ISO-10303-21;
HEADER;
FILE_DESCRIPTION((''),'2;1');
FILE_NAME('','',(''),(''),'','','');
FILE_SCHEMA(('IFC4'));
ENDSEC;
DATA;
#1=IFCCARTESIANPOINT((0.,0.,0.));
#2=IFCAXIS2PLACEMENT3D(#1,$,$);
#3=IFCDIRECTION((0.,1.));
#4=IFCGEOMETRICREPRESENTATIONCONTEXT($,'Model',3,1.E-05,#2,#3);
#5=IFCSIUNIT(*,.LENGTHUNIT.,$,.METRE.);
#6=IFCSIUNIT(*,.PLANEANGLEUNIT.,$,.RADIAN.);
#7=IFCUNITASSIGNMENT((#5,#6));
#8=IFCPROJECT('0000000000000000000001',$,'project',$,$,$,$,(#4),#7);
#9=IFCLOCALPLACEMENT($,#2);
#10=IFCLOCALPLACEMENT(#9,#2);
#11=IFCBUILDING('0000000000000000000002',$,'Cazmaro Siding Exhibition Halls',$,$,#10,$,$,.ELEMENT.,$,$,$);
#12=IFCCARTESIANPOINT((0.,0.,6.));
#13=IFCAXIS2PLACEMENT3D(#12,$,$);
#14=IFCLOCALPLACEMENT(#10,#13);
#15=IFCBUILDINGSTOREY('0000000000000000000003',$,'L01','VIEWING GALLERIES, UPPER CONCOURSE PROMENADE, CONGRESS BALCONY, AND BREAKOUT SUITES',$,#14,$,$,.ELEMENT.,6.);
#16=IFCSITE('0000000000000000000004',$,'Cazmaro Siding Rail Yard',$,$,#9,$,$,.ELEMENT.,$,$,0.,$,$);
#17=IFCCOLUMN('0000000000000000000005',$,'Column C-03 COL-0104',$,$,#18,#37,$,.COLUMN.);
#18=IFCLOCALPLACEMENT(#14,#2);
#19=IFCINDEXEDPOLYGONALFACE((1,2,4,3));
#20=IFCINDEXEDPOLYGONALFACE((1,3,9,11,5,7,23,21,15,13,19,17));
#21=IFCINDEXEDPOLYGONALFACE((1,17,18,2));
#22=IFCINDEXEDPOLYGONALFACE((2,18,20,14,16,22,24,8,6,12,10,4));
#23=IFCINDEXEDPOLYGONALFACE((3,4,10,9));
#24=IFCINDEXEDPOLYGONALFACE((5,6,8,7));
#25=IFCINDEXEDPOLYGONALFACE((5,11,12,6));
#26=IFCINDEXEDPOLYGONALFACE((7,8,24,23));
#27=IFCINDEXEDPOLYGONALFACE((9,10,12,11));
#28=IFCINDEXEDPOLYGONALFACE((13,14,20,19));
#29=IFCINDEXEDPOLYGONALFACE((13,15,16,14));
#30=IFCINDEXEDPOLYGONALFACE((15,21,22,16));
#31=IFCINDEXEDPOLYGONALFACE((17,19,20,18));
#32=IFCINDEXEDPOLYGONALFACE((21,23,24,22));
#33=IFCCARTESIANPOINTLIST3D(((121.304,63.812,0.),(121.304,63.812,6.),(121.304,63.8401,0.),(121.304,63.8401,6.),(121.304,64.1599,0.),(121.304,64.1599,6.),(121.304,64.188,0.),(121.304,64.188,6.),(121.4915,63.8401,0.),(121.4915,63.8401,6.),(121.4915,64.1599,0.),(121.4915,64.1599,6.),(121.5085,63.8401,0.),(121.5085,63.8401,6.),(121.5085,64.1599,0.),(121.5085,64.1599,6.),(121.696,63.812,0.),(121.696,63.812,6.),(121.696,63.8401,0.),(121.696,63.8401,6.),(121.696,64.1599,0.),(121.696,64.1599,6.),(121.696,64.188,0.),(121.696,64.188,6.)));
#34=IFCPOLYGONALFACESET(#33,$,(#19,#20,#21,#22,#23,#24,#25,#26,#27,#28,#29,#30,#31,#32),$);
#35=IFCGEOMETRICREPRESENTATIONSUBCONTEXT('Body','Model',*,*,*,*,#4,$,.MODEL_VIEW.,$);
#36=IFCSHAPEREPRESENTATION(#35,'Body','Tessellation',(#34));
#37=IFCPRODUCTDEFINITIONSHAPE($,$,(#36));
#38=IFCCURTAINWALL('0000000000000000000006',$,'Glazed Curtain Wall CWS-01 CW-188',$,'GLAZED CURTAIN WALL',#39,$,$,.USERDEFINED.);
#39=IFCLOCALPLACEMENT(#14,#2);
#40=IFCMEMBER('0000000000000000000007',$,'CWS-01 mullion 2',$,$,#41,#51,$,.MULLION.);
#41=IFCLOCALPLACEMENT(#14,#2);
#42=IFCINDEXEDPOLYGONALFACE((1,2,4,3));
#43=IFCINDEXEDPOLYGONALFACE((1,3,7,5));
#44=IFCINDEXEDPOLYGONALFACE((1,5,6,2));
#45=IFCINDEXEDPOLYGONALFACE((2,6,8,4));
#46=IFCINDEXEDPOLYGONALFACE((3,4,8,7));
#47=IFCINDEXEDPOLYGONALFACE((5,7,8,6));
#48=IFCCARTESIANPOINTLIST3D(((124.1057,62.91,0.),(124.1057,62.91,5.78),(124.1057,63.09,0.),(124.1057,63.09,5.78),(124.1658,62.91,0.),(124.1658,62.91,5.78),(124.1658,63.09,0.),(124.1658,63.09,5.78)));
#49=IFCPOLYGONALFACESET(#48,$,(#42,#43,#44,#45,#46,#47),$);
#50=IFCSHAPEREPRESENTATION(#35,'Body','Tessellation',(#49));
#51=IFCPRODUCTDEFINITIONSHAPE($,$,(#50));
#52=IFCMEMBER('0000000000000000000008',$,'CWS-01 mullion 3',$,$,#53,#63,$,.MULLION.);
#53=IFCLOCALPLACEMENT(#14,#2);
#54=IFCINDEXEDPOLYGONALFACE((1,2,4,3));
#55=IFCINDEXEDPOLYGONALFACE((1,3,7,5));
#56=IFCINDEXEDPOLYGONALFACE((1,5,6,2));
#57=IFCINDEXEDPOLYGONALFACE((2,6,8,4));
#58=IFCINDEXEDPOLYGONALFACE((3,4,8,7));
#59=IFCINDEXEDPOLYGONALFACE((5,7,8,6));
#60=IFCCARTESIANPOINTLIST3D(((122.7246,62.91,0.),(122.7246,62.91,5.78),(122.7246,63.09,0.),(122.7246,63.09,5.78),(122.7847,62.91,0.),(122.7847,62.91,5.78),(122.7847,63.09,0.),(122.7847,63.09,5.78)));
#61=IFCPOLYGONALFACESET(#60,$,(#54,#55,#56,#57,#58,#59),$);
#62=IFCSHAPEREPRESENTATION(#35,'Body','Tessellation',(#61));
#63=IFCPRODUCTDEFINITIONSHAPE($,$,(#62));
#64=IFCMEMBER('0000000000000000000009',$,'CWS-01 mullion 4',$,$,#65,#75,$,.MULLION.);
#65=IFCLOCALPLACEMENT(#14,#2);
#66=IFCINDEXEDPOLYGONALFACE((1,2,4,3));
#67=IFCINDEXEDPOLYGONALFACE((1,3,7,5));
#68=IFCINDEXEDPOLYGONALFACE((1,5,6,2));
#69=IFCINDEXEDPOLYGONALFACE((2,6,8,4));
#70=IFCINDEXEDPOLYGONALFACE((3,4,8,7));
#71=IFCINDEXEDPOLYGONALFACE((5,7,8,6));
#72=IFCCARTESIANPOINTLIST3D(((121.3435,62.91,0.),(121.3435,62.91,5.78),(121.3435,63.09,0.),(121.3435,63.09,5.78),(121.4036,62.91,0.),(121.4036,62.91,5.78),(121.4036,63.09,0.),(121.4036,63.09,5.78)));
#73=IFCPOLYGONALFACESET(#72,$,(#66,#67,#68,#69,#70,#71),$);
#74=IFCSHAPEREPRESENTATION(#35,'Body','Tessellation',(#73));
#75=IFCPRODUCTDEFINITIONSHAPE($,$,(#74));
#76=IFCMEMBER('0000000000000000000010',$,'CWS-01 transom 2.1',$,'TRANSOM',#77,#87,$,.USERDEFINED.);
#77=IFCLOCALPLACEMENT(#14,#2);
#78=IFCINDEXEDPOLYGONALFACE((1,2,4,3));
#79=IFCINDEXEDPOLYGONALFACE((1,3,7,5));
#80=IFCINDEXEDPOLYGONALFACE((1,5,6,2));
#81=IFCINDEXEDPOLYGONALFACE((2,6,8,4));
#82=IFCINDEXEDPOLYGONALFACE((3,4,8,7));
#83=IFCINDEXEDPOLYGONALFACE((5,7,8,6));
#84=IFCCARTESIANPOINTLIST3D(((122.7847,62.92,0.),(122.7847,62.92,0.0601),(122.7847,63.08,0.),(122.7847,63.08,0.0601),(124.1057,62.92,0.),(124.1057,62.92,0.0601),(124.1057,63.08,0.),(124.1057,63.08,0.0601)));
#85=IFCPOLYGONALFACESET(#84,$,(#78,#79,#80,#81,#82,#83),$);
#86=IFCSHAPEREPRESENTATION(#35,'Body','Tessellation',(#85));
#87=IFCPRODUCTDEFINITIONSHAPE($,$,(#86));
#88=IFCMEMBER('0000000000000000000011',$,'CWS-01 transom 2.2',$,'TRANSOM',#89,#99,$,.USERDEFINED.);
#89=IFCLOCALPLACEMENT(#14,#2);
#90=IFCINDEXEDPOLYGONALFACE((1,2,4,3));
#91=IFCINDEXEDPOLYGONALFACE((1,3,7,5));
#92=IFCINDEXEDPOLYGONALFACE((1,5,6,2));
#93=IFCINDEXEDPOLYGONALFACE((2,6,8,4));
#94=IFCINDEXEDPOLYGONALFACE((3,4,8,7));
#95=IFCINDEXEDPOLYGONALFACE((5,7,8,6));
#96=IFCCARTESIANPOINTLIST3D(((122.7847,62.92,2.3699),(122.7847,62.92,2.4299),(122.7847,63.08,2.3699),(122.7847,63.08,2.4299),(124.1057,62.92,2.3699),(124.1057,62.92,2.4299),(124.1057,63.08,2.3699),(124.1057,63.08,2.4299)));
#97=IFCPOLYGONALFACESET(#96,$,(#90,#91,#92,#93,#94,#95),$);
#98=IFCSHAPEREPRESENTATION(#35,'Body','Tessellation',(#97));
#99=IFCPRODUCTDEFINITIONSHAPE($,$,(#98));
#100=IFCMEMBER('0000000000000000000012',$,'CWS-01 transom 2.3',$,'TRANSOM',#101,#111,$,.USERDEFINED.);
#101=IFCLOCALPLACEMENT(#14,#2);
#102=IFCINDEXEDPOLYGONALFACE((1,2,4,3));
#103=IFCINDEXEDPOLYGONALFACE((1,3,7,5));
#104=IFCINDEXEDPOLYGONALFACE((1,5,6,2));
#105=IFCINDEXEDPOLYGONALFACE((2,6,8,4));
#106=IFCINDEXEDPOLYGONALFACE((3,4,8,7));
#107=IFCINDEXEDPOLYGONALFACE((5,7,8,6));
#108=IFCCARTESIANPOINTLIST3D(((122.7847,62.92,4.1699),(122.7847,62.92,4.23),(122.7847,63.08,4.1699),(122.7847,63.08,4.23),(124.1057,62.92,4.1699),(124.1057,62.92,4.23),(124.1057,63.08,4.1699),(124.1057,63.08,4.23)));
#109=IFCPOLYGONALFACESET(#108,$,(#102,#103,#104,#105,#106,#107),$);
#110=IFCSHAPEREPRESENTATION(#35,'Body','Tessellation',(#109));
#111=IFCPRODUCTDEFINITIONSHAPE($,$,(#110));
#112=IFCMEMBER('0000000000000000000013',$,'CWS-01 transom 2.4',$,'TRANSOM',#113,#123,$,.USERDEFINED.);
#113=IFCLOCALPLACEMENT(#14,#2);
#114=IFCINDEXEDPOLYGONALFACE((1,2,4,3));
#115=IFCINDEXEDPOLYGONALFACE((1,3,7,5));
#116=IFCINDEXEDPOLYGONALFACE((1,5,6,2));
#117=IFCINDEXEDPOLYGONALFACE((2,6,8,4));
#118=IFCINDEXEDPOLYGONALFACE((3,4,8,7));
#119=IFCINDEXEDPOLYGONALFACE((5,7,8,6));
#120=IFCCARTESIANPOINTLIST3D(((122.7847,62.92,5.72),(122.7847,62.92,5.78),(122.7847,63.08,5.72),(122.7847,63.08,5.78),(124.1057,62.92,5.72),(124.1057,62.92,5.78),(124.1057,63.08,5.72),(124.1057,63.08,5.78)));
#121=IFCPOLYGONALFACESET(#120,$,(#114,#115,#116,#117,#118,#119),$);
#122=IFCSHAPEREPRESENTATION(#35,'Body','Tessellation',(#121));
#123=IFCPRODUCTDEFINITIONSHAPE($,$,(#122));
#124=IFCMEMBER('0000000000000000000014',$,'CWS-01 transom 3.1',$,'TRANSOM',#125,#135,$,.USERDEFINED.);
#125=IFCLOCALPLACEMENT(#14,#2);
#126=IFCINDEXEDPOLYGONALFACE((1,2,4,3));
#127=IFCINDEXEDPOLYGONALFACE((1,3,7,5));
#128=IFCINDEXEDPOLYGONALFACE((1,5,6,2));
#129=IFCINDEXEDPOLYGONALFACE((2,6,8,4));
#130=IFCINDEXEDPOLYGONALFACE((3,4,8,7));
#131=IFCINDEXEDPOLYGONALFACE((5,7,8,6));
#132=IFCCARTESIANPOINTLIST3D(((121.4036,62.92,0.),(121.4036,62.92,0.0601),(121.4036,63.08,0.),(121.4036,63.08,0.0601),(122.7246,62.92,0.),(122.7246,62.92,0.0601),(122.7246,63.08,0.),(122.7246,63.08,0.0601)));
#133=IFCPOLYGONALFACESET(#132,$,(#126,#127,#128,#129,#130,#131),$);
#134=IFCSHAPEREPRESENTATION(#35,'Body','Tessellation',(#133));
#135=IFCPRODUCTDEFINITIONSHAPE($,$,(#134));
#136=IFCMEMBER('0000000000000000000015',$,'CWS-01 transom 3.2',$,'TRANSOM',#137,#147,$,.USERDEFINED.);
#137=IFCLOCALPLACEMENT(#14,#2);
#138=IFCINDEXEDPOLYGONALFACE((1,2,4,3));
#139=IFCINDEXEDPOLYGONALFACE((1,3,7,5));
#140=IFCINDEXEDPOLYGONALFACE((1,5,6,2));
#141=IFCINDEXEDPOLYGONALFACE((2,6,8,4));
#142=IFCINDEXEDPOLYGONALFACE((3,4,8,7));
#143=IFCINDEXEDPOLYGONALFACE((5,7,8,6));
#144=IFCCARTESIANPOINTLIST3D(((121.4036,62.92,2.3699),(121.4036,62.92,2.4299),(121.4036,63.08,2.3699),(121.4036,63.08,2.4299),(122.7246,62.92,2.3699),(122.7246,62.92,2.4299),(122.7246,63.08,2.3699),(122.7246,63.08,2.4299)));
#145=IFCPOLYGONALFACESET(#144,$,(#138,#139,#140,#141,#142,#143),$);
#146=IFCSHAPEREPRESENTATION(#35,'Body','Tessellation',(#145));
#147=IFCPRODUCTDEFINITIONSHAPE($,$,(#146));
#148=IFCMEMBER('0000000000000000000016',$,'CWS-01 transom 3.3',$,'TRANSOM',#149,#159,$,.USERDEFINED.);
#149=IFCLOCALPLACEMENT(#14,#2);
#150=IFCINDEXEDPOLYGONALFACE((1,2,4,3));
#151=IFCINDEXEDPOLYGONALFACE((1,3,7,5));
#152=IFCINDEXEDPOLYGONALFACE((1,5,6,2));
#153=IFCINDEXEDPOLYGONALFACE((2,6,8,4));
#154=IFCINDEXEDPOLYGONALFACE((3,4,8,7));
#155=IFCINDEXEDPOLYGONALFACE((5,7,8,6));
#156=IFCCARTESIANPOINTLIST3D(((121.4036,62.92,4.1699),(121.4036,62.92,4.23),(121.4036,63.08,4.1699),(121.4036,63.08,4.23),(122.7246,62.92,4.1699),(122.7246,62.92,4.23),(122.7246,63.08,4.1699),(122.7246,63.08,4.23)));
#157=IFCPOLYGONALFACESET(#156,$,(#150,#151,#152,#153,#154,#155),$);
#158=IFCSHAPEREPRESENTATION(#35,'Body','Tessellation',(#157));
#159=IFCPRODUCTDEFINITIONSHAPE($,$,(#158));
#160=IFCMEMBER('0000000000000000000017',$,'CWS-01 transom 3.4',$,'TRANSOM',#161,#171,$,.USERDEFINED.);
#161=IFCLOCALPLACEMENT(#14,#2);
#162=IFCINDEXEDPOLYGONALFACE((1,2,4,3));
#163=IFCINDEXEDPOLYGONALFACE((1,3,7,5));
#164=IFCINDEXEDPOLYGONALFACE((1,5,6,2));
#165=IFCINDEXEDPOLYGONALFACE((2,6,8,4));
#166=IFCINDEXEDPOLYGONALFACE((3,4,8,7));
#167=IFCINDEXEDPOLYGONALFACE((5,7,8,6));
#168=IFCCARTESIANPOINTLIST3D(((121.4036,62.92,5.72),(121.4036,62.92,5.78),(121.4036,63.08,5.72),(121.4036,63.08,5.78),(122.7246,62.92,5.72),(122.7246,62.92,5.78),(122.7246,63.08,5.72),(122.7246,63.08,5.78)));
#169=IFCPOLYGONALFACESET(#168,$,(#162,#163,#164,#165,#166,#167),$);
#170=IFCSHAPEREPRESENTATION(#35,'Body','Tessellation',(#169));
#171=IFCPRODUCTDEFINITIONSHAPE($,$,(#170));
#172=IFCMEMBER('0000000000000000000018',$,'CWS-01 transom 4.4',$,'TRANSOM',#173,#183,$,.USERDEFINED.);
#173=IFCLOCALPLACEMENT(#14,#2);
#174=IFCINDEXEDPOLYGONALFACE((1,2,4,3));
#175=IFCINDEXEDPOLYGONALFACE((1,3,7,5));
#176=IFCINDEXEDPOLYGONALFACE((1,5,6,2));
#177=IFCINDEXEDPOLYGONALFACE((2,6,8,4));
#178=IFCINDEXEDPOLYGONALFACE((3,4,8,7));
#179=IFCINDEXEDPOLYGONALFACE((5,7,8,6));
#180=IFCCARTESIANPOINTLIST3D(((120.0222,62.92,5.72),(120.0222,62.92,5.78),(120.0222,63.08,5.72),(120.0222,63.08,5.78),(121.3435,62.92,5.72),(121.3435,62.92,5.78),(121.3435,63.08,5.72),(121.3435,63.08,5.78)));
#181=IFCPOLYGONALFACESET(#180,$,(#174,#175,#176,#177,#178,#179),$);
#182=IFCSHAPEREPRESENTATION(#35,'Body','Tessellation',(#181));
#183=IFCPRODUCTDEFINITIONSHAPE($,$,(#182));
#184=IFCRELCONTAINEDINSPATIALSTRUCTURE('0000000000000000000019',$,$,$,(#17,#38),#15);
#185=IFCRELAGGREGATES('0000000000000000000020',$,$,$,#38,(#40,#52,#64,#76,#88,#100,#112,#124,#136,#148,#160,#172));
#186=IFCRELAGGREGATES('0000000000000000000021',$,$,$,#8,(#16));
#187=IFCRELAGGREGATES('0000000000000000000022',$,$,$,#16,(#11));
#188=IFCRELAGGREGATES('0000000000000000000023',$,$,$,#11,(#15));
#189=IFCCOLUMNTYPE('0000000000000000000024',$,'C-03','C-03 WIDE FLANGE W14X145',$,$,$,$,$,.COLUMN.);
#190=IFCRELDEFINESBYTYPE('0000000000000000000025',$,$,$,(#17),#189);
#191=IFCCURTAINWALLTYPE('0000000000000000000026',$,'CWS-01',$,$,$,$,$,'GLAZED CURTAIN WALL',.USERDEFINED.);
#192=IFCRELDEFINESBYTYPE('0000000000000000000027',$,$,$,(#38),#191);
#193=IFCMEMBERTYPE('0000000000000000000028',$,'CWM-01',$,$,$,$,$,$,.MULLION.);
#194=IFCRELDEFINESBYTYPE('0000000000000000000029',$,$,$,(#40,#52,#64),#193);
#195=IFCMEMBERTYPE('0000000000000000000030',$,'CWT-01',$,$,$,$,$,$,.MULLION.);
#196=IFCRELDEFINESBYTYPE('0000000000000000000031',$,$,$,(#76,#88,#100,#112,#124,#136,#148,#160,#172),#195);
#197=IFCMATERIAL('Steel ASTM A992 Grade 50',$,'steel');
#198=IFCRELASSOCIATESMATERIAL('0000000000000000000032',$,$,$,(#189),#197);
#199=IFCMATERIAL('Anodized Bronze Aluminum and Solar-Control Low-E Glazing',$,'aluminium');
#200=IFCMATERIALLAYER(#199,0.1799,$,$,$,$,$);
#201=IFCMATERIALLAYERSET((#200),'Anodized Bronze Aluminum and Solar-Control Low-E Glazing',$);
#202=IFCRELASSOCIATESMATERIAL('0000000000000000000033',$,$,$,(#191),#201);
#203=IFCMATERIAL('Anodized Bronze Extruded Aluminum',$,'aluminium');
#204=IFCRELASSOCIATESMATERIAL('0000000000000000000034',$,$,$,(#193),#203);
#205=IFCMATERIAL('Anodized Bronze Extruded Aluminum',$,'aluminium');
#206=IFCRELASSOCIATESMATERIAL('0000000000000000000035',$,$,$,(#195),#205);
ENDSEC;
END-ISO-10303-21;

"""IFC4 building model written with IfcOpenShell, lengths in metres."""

from ifc_helpers import new_model, si_unit, direction, frame, origin, origin_2d, place, context, subcontext, project, spatial, rectangle, i_section, extrude, material, layer, layer_set, material_profile, profile_set, type_object, element, aggregate, save


model = new_model("IFC4")

# Units and contexts
model_context = context("Model", 3, precision=1e-05, world=origin(), true_north=direction((0.0, 1.0)))
body_context = subcontext(model_context, "Body", "Model", "MODEL_VIEW")
ifc_project = project(units=[si_unit("LENGTHUNIT", "METRE"), si_unit("PLANEANGLEUNIT", "RADIAN")], contexts=[model_context])

# Site, building, storey
site_placement = place(None, origin())
site = spatial("IfcSite", under=ifc_project, at=site_placement, Name="Cazmaro Siding Rail Yard", CompositionType="ELEMENT", RefElevation=0.0)
building_placement = place(site_placement, origin())
building = spatial("IfcBuilding", under=site, at=building_placement, Name="Cazmaro Siding Exhibition Halls", CompositionType="ELEMENT")
storey_placement = place(building_placement, frame((0.0, 0.0, 6.0)))
storey = spatial("IfcBuildingStorey", under=building, at=storey_placement, Name="L01", Description="VIEWING GALLERIES, UPPER CONCOURSE PROMENADE, CONGRESS BALCONY, AND BREAKOUT SUITES", CompositionType="ELEMENT", Elevation=6.0)

# Column
ifc_material_1 = material(Name="Steel ASTM A992 Grade 50", Category="steel")
ifc_material_profile_1 = material_profile(ifc_material_1, i_section(OverallWidth=0.3921, OverallDepth=0.376, WebThickness=0.0171, FlangeThickness=0.0281, at=origin_2d()), Name="W14X145")
ifc_profile_set_1 = profile_set([ifc_material_profile_1], Name="Steel ASTM A992 Grade 50")
column_type = type_object("IfcColumnType", Name="C-03", Description="C-03 WIDE FLANGE W14X145", PredefinedType="COLUMN", material=ifc_profile_set_1)
column_placement = place(storey_placement, frame((121.5, 64.0, 0.0), z_axis=(0.0, 0.0, 1.0), x_axis=(1.0, 0.0, 0.0)))
element("IfcColumn", 1, at=column_placement, inside=storey, type_object=column_type, Name="Column C-03 COL-0104", PredefinedType="COLUMN", context=body_context, shape_type="SweptSolid", body=[
    extrude(i_section(OverallWidth=0.3921, OverallDepth=0.376, WebThickness=0.0171, FlangeThickness=0.0281, at=origin_2d()), origin(), (0.0, 0.0, 1.0), 6.0),
])

# Curtain wall, members
ifc_material_2 = material(Name="Anodized Bronze Aluminum and Solar-Control Low-E Glazing", Category="aluminium")
ifc_layer_1 = layer(ifc_material_2, 0.1799)
ifc_layer_set_1 = layer_set([ifc_layer_1], Name="Anodized Bronze Aluminum and Solar-Control Low-E Glazing")
curtain_wall_type = type_object("IfcCurtainWallType", Name="CWS-01", ElementType="GLAZED CURTAIN WALL", PredefinedType="USERDEFINED", material=ifc_layer_set_1)
curtain_wall_placement = place(storey_placement, origin())
curtain_wall = element("IfcCurtainWall", 2, at=curtain_wall_placement, inside=storey, type_object=curtain_wall_type, Name="Glazed Curtain Wall CWS-01 CW-188", ObjectType="GLAZED CURTAIN WALL", PredefinedType="USERDEFINED")
ifc_material_3 = material(Name="Anodized Bronze Extruded Aluminum", Category="aluminium")
ifc_material_profile_2 = material_profile(ifc_material_3, rectangle(XDim=0.1799, YDim=0.0601, at=origin_2d()), Name="CWM-01")
ifc_profile_set_2 = profile_set([ifc_material_profile_2], Name="Anodized Bronze Extruded Aluminum")
member_type_1 = type_object("IfcMemberType", Name="CWM-01", PredefinedType="MULLION", material=ifc_profile_set_2)
member_1_placement = place(storey_placement, frame((124.1357, 63.0, 0.0), z_axis=(0.0, 0.0, 1.0), x_axis=(0.0, -1.0, 0.0)))
member_1 = element("IfcMember", 3, at=member_1_placement, type_object=member_type_1, Name="CWS-01 mullion 2", PredefinedType="MULLION", context=body_context, shape_type="SweptSolid", body=[
    extrude(rectangle(XDim=0.1799, YDim=0.0601, at=origin_2d()), origin(), (0.0, 0.0, 1.0), 5.78),
])
member_2_placement = place(storey_placement, frame((122.7546, 63.0, 0.0), z_axis=(0.0, 0.0, 1.0), x_axis=(0.0, -1.0, 0.0)))
member_2 = element("IfcMember", 4, at=member_2_placement, type_object=member_type_1, Name="CWS-01 mullion 3", PredefinedType="MULLION", context=body_context, shape_type="SweptSolid", body=[
    extrude(rectangle(XDim=0.1799, YDim=0.0601, at=origin_2d()), origin(), (0.0, 0.0, 1.0), 5.78),
])
member_3_placement = place(storey_placement, frame((121.3735, 63.0, 0.0), z_axis=(0.0, 0.0, 1.0), x_axis=(0.0, -1.0, 0.0)))
member_3 = element("IfcMember", 5, at=member_3_placement, type_object=member_type_1, Name="CWS-01 mullion 4", PredefinedType="MULLION", context=body_context, shape_type="SweptSolid", body=[
    extrude(rectangle(XDim=0.1799, YDim=0.0601, at=origin_2d()), origin(), (0.0, 0.0, 1.0), 5.78),
])
ifc_material_4 = material(Name="Anodized Bronze Extruded Aluminum", Category="aluminium")
ifc_material_profile_3 = material_profile(ifc_material_4, rectangle(XDim=0.1599, YDim=0.0601, at=origin_2d()), Name="CWT-01")
ifc_profile_set_3 = profile_set([ifc_material_profile_3], Name="Anodized Bronze Extruded Aluminum")
member_type_2 = type_object("IfcMemberType", Name="CWT-01", PredefinedType="MULLION", material=ifc_profile_set_3)
member_4_placement = place(storey_placement, frame((124.1057, 63.0, 0.03), z_axis=(-1.0, 0.0, 0.0), x_axis=(0.0, -1.0, 0.0)))
member_4 = element("IfcMember", 6, at=member_4_placement, type_object=member_type_2, Name="CWS-01 transom 2.1", ObjectType="TRANSOM", PredefinedType="USERDEFINED", context=body_context, shape_type="SweptSolid", body=[
    extrude(rectangle(XDim=0.1599, YDim=0.0601, at=origin_2d()), origin(), (0.0, 0.0, 1.0), 1.321),
])
member_5_placement = place(storey_placement, frame((124.1057, 63.0, 2.3999), z_axis=(-1.0, 0.0, 0.0), x_axis=(0.0, -1.0, 0.0)))
member_5 = element("IfcMember", 7, at=member_5_placement, type_object=member_type_2, Name="CWS-01 transom 2.2", ObjectType="TRANSOM", PredefinedType="USERDEFINED", context=body_context, shape_type="SweptSolid", body=[
    extrude(rectangle(XDim=0.1599, YDim=0.0601, at=origin_2d()), origin(), (0.0, 0.0, 1.0), 1.321),
])
member_6_placement = place(storey_placement, frame((124.1057, 63.0, 4.2), z_axis=(-1.0, 0.0, 0.0), x_axis=(0.0, -1.0, 0.0)))
member_6 = element("IfcMember", 8, at=member_6_placement, type_object=member_type_2, Name="CWS-01 transom 2.3", ObjectType="TRANSOM", PredefinedType="USERDEFINED", context=body_context, shape_type="SweptSolid", body=[
    extrude(rectangle(XDim=0.1599, YDim=0.0601, at=origin_2d()), origin(), (0.0, 0.0, 1.0), 1.321),
])
member_7_placement = place(storey_placement, frame((124.1057, 63.0, 5.75), z_axis=(-1.0, 0.0, 0.0), x_axis=(0.0, -1.0, 0.0)))
member_7 = element("IfcMember", 9, at=member_7_placement, type_object=member_type_2, Name="CWS-01 transom 2.4", ObjectType="TRANSOM", PredefinedType="USERDEFINED", context=body_context, shape_type="SweptSolid", body=[
    extrude(rectangle(XDim=0.1599, YDim=0.0601, at=origin_2d()), origin(), (0.0, 0.0, 1.0), 1.321),
])
member_8_placement = place(storey_placement, frame((122.7246, 63.0, 0.03), z_axis=(-1.0, 0.0, 0.0), x_axis=(0.0, -1.0, 0.0)))
member_8 = element("IfcMember", 10, at=member_8_placement, type_object=member_type_2, Name="CWS-01 transom 3.1", ObjectType="TRANSOM", PredefinedType="USERDEFINED", context=body_context, shape_type="SweptSolid", body=[
    extrude(rectangle(XDim=0.1599, YDim=0.0601, at=origin_2d()), origin(), (0.0, 0.0, 1.0), 1.321),
])
member_9_placement = place(storey_placement, frame((122.7246, 63.0, 2.3999), z_axis=(-1.0, 0.0, 0.0), x_axis=(0.0, -1.0, 0.0)))
member_9 = element("IfcMember", 11, at=member_9_placement, type_object=member_type_2, Name="CWS-01 transom 3.2", ObjectType="TRANSOM", PredefinedType="USERDEFINED", context=body_context, shape_type="SweptSolid", body=[
    extrude(rectangle(XDim=0.1599, YDim=0.0601, at=origin_2d()), origin(), (0.0, 0.0, 1.0), 1.321),
])
member_10_placement = place(storey_placement, frame((122.7246, 63.0, 4.2), z_axis=(-1.0, 0.0, 0.0), x_axis=(0.0, -1.0, 0.0)))
member_10 = element("IfcMember", 12, at=member_10_placement, type_object=member_type_2, Name="CWS-01 transom 3.3", ObjectType="TRANSOM", PredefinedType="USERDEFINED", context=body_context, shape_type="SweptSolid", body=[
    extrude(rectangle(XDim=0.1599, YDim=0.0601, at=origin_2d()), origin(), (0.0, 0.0, 1.0), 1.321),
])
member_11_placement = place(storey_placement, frame((122.7246, 63.0, 5.75), z_axis=(-1.0, 0.0, 0.0), x_axis=(0.0, -1.0, 0.0)))
member_11 = element("IfcMember", 13, at=member_11_placement, type_object=member_type_2, Name="CWS-01 transom 3.4", ObjectType="TRANSOM", PredefinedType="USERDEFINED", context=body_context, shape_type="SweptSolid", body=[
    extrude(rectangle(XDim=0.1599, YDim=0.0601, at=origin_2d()), origin(), (0.0, 0.0, 1.0), 1.321),
])
member_12_placement = place(storey_placement, frame((121.3435, 63.0, 5.75), z_axis=(-1.0, 0.0, 0.0), x_axis=(0.0, -1.0, 0.0)))
member_12 = element("IfcMember", 14, at=member_12_placement, type_object=member_type_2, Name="CWS-01 transom 4.4", ObjectType="TRANSOM", PredefinedType="USERDEFINED", context=body_context, shape_type="SweptSolid", body=[
    extrude(rectangle(XDim=0.1599, YDim=0.0601, at=origin_2d()), origin(), (0.0, 0.0, 1.0), 1.3213),
])

aggregate(curtain_wall, [member_1, member_2, member_3, member_4, member_5, member_6, member_7, member_8, member_9, member_10, member_11, member_12])

save(model, "model.ifc")
